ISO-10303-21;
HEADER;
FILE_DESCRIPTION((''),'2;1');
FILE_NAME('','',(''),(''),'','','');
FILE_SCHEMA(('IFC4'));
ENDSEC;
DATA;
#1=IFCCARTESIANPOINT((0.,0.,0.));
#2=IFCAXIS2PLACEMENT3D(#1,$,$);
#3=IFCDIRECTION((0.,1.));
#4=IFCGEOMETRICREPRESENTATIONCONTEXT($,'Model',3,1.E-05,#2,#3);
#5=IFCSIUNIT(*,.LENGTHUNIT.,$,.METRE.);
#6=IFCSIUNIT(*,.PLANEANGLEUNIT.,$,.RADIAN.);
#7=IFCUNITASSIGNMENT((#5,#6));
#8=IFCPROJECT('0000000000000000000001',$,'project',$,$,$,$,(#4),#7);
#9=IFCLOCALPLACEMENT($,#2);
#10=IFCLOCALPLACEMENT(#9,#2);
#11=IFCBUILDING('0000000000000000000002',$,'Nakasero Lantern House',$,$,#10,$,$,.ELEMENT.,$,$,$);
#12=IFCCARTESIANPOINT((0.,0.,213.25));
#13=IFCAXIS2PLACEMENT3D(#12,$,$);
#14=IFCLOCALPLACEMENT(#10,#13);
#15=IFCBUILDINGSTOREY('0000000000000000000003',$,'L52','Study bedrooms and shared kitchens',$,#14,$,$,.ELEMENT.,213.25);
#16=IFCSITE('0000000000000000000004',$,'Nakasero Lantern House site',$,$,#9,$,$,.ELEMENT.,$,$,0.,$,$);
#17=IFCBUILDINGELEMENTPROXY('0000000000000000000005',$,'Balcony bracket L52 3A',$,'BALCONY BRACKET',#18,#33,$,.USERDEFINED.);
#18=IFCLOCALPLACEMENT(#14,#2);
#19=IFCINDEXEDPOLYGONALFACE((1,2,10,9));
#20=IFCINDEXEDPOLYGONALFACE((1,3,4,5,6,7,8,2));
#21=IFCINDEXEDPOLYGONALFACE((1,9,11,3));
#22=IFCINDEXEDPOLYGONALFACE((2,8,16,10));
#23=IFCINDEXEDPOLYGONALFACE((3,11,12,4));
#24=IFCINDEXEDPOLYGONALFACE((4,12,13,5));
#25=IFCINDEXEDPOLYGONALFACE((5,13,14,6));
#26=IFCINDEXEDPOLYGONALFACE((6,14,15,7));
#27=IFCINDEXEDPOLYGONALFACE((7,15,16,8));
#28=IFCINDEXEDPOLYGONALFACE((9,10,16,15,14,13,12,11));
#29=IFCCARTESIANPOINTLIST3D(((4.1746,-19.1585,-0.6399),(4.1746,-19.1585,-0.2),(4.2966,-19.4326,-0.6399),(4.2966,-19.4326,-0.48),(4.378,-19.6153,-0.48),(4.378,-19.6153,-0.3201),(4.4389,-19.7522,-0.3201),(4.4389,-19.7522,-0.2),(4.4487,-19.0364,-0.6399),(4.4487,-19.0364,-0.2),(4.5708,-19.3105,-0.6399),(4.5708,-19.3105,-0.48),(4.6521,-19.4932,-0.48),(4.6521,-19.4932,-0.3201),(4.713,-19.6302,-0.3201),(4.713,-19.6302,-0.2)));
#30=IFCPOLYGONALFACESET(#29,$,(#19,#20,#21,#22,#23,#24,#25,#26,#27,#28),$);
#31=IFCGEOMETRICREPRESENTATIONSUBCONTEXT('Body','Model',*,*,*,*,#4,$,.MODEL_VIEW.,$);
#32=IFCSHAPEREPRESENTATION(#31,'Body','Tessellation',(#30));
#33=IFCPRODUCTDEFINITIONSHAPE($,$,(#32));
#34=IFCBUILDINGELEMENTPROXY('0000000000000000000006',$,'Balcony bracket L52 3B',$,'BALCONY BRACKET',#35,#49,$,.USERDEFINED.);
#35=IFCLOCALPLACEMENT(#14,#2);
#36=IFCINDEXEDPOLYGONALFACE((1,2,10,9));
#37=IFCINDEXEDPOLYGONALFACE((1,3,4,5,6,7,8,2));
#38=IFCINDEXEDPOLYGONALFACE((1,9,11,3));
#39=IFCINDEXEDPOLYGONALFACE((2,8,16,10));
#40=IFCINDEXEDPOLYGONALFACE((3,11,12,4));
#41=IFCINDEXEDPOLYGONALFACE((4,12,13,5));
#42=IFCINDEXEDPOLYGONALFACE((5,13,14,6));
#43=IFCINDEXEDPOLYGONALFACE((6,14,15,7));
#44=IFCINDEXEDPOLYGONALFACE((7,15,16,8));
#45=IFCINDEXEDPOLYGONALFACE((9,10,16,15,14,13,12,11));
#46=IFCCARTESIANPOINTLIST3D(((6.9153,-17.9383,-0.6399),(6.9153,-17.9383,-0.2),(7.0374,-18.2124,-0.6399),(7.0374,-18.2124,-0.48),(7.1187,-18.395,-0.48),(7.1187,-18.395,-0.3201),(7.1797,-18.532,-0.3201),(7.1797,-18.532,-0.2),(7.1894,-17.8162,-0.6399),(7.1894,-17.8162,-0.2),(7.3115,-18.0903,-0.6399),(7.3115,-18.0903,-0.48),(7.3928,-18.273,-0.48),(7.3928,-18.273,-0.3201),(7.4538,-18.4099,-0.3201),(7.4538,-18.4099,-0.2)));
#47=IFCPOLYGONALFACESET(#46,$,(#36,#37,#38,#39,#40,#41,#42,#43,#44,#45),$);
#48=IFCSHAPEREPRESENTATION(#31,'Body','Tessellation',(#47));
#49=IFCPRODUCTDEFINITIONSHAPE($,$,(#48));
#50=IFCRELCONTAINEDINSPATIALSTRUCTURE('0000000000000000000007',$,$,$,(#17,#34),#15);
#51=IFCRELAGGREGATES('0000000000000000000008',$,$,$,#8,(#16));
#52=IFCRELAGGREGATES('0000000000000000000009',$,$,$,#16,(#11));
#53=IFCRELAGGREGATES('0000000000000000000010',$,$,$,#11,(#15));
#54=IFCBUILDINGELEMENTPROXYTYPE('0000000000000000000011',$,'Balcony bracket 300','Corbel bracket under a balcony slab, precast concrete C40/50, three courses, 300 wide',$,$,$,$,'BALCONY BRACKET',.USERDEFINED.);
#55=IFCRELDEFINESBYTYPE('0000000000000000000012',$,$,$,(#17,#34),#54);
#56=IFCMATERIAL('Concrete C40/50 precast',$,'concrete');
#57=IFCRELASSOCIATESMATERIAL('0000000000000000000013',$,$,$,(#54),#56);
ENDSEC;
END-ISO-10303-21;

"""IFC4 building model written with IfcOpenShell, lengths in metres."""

from ifc_helpers import new_model, si_unit, direction, frame, origin, place, context, subcontext, project, spatial, polyline, outline, extrude, material, type_object, element, save


model = new_model("IFC4")

# Units and contexts
model_context = context("Model", 3, precision=1e-05, world=origin(), true_north=direction((0.0, 1.0)))
body_context = subcontext(model_context, "Body", "Model", "MODEL_VIEW")
ifc_project = project(units=[si_unit("LENGTHUNIT", "METRE"), si_unit("PLANEANGLEUNIT", "RADIAN")], contexts=[model_context])

# Site, building, storey
site_placement = place(None, origin())
site = spatial("IfcSite", under=ifc_project, at=site_placement, Name="Nakasero Lantern House site", CompositionType="ELEMENT", RefElevation=0.0)
building_placement = place(site_placement, origin())
building = spatial("IfcBuilding", under=site, at=building_placement, Name="Nakasero Lantern House", CompositionType="ELEMENT")
storey_placement = place(building_placement, frame((0.0, 0.0, 213.25)))
storey = spatial("IfcBuildingStorey", under=building, at=storey_placement, Name="L52", Description="Study bedrooms and shared kitchens", CompositionType="ELEMENT", Elevation=213.25)

# Building element proxies
ifc_material_1 = material(Name="Concrete C40/50 precast", Category="concrete")
building_element_proxy_type = type_object("IfcBuildingElementProxyType", Name="Balcony bracket 300", Description="Corbel bracket under a balcony slab, precast concrete C40/50, three courses, 300 wide", ElementType="BALCONY BRACKET", PredefinedType="USERDEFINED", material=ifc_material_1)
for number, where, z_axis, x_axis, name in (
    (1, (4.3118, -19.0974, -0.2), (0.0, 0.0, 1.0), (0.406737, -0.913545, 0.0), "Balcony bracket L52 3A"),
    (2, (7.0525, -17.8772, -0.2), (0.0, 0.0, 1.0), (0.406737, -0.913545, 0.0), "Balcony bracket L52 3B"),
):
    element("IfcBuildingElementProxy", number, at=place(storey_placement, frame(where, z_axis=z_axis, x_axis=x_axis)), inside=storey, type_object=building_element_proxy_type, Name=name, ObjectType="BALCONY BRACKET", PredefinedType="USERDEFINED", context=body_context, shape_type="SweptSolid", body=[
        extrude(outline(polyline([(0.0, 0.0), (0.6499, 0.0), (0.6499, -0.1201), (0.5, -0.1201), (0.5, -0.28), (0.3, -0.28), (0.3, -0.4399), (0.0, -0.4399), (0.0, 0.0)])), frame((0.0, 0.1499, 0.0), z_axis=(0.0, -1.0, 0.0), x_axis=(1.0, 0.0, 0.0)), (0.0, 0.0, 1.0), 0.3),
    ])

save(model, "model.ifc")
